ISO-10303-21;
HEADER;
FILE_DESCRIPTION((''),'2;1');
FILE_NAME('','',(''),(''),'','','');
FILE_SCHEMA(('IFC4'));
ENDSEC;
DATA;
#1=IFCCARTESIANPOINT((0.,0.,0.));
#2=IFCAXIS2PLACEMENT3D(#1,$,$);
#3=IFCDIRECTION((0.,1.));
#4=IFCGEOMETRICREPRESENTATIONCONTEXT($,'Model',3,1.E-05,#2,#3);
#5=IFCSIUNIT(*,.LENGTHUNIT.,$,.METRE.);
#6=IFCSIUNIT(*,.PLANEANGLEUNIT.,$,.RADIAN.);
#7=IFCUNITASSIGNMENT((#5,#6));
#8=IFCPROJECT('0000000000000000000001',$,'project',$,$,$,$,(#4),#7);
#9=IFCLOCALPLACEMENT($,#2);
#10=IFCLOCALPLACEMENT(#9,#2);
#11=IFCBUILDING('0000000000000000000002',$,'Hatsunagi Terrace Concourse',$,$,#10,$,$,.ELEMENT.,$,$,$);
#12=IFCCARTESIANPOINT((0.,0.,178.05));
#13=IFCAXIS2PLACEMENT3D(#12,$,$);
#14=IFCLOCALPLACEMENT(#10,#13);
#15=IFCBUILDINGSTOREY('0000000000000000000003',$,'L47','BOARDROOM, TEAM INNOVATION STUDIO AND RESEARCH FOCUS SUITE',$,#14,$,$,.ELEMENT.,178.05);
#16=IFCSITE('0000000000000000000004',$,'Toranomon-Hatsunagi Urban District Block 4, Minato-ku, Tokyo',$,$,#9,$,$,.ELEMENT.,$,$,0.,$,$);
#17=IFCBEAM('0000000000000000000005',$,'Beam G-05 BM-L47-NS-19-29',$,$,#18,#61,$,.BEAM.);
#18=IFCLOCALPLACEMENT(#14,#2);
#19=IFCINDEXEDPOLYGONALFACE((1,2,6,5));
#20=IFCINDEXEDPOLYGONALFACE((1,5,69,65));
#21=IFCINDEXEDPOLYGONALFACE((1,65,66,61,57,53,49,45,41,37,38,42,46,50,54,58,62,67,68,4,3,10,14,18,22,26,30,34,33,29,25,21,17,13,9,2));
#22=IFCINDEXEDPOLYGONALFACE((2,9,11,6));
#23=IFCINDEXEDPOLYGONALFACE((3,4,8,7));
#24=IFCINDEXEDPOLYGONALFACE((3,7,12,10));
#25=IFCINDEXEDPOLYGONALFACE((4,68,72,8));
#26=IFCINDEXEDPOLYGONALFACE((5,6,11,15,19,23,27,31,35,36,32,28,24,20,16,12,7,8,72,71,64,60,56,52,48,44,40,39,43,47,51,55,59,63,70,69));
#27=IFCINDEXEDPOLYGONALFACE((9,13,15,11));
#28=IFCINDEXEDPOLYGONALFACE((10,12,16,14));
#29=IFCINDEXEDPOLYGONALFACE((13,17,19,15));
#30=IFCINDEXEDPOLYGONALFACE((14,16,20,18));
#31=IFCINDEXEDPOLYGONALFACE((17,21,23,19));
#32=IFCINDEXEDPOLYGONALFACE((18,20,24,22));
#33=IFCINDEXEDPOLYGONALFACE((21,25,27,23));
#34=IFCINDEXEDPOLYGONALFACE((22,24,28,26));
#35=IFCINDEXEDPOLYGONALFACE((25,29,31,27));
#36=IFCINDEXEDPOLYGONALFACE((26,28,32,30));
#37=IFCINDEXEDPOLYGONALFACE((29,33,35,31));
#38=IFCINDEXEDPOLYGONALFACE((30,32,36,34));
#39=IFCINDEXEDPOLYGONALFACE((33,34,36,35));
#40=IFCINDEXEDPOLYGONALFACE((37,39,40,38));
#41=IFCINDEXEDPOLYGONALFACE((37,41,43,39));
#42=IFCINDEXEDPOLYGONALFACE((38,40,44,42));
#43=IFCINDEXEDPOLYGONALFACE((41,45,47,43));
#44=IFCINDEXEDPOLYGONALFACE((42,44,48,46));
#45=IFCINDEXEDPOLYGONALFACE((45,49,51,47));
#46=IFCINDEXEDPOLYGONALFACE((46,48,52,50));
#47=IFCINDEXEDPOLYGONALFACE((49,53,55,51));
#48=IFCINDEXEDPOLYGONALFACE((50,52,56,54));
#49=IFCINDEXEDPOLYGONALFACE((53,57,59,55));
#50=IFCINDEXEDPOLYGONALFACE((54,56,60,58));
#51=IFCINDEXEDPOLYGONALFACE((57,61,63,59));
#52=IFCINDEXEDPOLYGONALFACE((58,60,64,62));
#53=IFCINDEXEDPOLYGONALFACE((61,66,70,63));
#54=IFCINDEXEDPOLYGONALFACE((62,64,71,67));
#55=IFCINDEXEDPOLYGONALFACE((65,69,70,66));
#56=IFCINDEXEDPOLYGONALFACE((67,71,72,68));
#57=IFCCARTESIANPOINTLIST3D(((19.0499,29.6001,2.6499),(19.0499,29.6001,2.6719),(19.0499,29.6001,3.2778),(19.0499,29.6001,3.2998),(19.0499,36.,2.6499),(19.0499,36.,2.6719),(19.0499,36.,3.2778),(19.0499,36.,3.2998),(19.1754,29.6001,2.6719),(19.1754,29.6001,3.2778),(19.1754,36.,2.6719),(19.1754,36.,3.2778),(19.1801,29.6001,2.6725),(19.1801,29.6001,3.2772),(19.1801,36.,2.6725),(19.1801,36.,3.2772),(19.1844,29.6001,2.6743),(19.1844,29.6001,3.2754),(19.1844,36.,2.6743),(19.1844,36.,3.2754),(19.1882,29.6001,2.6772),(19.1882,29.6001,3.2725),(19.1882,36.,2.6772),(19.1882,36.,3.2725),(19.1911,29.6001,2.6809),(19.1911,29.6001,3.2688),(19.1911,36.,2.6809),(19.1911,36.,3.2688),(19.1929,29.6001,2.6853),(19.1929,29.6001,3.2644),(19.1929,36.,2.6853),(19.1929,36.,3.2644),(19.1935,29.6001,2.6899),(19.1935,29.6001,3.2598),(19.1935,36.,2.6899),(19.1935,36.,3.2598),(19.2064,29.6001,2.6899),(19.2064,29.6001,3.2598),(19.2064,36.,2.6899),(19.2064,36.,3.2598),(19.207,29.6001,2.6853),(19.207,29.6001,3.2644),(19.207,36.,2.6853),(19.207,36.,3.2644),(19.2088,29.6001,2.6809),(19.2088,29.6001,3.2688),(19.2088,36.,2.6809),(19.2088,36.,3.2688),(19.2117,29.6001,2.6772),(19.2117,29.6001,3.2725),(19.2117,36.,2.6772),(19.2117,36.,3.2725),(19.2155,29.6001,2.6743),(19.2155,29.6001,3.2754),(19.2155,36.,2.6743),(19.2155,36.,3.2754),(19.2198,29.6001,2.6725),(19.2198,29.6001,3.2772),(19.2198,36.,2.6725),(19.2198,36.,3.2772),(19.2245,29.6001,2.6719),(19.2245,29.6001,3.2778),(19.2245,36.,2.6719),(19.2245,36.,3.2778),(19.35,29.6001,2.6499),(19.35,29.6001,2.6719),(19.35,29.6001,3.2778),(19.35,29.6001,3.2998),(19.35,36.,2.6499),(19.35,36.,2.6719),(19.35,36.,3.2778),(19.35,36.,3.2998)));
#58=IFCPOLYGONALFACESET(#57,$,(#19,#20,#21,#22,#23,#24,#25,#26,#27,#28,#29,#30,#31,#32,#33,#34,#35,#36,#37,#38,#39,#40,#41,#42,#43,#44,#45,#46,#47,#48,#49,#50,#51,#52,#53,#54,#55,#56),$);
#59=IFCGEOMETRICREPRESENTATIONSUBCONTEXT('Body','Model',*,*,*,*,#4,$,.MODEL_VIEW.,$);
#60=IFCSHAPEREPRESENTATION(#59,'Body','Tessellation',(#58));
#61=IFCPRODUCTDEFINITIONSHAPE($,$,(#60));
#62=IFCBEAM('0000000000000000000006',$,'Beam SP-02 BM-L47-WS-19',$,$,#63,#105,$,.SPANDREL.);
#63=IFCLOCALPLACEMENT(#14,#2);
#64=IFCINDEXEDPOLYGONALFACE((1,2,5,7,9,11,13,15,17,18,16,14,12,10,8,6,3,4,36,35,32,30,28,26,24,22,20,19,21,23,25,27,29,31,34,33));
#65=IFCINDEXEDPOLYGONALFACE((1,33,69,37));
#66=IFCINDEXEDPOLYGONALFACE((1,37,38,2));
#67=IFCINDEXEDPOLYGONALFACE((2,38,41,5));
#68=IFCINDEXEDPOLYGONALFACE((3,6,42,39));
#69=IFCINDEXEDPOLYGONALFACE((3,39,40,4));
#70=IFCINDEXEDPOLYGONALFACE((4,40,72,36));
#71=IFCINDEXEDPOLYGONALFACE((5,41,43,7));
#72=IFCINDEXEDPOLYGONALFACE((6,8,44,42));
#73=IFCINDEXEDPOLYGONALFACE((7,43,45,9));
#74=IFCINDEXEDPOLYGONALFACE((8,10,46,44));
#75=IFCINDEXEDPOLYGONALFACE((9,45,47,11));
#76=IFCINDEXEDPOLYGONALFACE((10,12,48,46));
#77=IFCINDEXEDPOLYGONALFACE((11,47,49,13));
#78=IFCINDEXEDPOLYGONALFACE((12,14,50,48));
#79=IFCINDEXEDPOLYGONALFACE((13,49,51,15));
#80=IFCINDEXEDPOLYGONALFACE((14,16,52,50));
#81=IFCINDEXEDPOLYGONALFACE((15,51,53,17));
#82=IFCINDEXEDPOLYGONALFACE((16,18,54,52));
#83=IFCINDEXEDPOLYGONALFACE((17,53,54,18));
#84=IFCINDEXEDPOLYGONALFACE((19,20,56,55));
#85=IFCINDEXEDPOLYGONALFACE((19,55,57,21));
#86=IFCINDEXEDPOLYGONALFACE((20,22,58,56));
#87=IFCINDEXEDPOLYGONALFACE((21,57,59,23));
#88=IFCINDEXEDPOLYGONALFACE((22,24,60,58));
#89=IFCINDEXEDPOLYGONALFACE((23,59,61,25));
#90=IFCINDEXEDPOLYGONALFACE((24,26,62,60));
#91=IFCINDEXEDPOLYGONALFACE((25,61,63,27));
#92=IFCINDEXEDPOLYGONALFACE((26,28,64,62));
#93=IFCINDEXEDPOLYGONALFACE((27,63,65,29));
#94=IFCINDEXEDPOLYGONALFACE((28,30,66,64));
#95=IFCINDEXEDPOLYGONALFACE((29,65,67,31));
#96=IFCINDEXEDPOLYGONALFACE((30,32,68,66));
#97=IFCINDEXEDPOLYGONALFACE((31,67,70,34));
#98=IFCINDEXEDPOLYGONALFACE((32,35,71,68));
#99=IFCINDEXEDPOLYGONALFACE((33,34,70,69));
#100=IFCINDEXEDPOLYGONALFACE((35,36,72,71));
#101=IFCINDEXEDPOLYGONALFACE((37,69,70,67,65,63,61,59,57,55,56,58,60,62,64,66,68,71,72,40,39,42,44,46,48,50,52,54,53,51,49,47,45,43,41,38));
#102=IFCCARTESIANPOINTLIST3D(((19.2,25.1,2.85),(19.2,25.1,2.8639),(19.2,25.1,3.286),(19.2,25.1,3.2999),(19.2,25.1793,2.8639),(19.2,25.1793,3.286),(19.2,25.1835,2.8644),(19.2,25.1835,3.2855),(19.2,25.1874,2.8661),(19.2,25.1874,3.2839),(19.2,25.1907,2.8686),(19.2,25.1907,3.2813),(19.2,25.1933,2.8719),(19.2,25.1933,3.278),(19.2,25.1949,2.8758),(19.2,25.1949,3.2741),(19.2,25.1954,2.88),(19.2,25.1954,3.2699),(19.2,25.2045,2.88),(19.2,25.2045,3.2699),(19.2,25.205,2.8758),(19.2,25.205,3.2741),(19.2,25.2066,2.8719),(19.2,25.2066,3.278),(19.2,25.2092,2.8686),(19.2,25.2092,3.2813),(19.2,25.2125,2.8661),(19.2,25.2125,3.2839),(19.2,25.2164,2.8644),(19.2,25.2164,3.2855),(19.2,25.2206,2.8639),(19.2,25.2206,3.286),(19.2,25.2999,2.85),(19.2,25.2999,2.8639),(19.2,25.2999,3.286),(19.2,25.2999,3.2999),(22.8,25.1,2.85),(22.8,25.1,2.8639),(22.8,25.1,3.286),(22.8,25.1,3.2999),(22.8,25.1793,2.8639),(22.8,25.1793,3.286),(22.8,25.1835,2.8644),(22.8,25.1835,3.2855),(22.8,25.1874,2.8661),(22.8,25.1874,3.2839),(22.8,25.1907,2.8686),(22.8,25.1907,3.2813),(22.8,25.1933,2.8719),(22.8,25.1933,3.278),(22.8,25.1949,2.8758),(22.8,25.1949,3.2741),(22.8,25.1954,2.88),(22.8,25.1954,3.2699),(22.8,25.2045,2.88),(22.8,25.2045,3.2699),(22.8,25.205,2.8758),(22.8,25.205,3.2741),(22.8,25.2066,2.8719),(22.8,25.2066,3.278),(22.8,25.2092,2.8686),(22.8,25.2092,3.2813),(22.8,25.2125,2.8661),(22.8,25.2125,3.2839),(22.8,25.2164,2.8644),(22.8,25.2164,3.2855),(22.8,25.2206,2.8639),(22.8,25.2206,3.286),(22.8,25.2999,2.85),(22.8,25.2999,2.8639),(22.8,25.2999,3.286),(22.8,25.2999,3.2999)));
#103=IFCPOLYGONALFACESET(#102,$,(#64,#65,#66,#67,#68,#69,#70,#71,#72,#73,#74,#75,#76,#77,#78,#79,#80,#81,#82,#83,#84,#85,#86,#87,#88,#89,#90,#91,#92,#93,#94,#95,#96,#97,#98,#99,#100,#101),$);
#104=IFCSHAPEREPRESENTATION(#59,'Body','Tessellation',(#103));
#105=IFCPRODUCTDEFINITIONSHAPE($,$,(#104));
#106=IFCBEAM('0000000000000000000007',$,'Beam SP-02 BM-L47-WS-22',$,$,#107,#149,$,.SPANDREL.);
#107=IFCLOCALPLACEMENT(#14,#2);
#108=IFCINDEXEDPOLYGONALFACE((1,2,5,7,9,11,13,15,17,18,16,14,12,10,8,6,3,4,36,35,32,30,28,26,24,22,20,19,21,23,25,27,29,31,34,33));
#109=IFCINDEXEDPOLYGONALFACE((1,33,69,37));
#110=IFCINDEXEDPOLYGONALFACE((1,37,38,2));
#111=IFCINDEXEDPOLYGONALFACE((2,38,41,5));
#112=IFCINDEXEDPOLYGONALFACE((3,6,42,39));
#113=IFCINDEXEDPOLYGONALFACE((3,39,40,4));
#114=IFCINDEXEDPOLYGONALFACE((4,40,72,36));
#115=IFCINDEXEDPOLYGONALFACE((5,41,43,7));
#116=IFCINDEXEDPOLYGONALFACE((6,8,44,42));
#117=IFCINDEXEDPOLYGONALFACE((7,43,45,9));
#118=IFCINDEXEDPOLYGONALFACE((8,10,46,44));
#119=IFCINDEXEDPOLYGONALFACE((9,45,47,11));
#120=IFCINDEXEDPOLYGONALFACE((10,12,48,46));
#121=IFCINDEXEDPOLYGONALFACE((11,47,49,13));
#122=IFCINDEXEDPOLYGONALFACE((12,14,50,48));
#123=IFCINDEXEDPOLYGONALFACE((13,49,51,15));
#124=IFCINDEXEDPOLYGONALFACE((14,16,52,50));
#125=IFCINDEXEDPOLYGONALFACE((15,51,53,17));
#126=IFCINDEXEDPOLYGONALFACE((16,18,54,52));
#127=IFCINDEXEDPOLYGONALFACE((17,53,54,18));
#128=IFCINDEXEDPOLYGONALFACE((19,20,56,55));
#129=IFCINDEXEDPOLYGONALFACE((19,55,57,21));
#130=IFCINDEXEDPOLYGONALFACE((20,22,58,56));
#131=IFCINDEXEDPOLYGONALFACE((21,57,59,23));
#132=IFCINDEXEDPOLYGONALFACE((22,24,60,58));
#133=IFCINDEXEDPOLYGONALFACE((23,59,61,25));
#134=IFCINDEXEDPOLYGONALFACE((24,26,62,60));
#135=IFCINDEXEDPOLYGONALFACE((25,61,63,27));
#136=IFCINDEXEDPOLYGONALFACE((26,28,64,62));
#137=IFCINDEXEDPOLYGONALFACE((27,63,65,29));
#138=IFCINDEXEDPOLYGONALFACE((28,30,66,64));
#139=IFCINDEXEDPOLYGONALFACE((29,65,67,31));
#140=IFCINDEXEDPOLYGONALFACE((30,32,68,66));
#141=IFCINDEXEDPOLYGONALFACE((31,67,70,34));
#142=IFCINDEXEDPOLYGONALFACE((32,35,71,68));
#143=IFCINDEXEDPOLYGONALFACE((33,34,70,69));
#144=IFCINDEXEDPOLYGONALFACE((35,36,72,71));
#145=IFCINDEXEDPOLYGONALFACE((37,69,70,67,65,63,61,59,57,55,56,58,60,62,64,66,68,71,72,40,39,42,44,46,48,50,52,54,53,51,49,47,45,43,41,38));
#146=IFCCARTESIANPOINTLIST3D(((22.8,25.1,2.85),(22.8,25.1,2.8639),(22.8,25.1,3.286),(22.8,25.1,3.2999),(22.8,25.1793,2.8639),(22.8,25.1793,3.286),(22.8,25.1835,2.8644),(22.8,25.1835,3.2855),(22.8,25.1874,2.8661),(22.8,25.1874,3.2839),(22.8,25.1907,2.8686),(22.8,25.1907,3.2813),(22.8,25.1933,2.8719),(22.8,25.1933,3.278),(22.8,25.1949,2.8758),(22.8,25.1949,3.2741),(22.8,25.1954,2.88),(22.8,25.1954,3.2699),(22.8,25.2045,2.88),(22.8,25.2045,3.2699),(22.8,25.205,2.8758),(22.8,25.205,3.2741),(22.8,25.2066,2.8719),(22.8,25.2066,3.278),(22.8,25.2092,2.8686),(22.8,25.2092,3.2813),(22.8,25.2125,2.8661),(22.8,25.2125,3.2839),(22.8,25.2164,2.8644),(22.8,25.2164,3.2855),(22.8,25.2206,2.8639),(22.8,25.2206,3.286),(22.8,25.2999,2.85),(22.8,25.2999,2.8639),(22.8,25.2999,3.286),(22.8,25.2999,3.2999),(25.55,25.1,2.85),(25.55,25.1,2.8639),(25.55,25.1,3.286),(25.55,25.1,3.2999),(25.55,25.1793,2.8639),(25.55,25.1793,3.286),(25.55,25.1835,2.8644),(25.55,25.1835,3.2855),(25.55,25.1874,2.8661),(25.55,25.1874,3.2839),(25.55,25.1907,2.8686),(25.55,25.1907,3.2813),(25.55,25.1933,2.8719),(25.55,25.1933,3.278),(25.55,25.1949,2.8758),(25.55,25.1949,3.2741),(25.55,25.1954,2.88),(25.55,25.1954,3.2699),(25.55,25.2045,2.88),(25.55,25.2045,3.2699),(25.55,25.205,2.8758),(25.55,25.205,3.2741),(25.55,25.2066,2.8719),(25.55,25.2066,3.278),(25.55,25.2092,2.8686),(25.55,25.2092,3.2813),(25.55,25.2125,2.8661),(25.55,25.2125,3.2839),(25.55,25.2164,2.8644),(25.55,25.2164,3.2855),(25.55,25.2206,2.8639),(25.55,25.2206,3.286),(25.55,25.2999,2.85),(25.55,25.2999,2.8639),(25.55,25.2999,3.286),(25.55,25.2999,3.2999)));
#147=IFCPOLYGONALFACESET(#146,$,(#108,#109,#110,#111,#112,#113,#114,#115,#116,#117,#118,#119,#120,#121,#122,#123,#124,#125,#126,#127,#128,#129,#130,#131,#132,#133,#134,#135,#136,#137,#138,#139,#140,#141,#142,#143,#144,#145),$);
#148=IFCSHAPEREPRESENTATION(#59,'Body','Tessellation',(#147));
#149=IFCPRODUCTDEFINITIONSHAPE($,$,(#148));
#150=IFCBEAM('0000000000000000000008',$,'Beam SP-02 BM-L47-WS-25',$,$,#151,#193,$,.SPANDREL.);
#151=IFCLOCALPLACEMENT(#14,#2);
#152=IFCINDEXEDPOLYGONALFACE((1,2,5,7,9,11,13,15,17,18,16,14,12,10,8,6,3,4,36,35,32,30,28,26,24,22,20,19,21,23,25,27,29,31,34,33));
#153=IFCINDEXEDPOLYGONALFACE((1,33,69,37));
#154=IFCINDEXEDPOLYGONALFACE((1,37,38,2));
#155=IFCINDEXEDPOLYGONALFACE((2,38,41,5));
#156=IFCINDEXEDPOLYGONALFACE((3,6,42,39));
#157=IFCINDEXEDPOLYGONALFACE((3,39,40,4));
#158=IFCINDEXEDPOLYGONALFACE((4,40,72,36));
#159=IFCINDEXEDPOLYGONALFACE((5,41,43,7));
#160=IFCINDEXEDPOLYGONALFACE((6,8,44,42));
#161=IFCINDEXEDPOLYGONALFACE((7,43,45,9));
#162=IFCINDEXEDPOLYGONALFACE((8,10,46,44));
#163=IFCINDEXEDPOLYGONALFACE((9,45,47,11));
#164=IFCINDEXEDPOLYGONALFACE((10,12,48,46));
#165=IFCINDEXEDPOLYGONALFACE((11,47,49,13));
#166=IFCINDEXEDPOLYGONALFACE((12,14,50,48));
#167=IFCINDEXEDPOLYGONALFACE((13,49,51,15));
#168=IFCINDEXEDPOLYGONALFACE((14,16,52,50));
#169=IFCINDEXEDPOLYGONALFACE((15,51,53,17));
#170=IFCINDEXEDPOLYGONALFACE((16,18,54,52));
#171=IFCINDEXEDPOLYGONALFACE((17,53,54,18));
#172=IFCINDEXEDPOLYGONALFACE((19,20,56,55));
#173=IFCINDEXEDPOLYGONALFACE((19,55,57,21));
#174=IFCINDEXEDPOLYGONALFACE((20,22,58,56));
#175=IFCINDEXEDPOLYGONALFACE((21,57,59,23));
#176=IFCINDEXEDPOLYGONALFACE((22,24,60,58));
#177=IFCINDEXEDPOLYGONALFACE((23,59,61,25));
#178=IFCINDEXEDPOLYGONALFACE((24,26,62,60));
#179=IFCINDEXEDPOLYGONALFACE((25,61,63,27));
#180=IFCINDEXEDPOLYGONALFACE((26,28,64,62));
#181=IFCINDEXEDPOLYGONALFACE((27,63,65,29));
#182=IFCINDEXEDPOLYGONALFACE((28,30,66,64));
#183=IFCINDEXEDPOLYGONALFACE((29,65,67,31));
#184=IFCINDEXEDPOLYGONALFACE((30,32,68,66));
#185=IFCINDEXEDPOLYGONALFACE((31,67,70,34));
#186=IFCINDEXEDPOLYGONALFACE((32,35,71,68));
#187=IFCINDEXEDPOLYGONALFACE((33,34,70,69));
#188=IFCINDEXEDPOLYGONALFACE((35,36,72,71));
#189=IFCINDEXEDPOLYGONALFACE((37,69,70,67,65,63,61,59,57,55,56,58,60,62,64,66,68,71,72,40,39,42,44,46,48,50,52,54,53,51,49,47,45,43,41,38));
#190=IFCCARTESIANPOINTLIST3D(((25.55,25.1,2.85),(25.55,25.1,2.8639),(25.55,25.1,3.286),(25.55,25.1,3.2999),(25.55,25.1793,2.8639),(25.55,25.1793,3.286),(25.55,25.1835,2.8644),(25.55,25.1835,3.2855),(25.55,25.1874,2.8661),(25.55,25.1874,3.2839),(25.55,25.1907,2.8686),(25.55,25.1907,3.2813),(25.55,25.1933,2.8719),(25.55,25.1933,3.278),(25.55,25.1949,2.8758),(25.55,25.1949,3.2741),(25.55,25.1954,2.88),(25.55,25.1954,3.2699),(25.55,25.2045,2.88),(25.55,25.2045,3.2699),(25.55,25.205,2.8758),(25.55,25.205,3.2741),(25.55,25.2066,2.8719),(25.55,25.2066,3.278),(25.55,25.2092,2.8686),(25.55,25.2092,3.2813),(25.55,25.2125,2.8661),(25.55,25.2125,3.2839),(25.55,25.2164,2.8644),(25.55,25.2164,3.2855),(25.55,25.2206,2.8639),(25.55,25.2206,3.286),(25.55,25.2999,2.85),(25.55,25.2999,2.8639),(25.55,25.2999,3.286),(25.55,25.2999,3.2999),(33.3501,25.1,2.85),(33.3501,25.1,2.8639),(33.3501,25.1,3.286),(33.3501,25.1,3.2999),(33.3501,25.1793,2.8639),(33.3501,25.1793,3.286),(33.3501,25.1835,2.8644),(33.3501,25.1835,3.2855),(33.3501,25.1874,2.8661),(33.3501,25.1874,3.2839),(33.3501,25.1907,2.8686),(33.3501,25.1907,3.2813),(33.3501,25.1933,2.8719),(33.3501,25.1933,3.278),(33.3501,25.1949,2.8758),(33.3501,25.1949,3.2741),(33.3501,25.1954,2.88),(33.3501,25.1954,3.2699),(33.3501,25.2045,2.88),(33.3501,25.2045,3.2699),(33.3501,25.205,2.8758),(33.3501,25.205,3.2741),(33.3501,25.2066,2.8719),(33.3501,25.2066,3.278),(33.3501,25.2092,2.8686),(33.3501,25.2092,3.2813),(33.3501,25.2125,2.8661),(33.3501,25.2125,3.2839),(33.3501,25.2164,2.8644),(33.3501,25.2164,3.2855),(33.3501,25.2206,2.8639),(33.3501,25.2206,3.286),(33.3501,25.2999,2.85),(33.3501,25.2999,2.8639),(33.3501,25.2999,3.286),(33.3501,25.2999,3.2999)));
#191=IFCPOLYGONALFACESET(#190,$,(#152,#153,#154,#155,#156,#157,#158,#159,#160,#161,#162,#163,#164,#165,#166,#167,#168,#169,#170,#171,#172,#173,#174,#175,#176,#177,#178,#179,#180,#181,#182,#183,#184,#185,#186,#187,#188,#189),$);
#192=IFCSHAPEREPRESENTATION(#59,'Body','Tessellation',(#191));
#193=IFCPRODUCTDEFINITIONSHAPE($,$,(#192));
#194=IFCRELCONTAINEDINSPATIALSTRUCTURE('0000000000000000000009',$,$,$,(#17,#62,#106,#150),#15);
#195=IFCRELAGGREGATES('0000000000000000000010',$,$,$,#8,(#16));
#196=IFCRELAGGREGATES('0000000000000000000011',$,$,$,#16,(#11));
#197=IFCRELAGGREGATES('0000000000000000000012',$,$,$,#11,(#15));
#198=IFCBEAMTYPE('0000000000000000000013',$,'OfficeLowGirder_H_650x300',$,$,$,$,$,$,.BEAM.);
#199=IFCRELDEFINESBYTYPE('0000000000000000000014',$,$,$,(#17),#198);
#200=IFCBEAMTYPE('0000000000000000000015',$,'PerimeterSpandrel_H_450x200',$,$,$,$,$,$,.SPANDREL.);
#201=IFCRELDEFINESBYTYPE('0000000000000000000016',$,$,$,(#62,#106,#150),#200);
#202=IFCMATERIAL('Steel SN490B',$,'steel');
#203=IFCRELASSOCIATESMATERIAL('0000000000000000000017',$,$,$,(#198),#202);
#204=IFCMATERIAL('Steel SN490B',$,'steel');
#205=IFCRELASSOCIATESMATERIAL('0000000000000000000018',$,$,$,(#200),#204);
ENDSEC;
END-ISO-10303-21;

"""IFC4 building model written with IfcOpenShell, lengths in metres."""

from ifc_helpers import new_model, si_unit, direction, frame, origin, origin_2d, place, context, subcontext, project, spatial, i_section, extrude, material, material_profile, profile_set, type_object, element, save


model = new_model("IFC4")

# Units and contexts
model_context = context("Model", 3, precision=1e-05, world=origin(), true_north=direction((0.0, 1.0)))
body_context = subcontext(model_context, "Body", "Model", "MODEL_VIEW")
ifc_project = project(units=[si_unit("LENGTHUNIT", "METRE"), si_unit("PLANEANGLEUNIT", "RADIAN")], contexts=[model_context])

# Site, building, storey
site_placement = place(None, origin())
site = spatial("IfcSite", under=ifc_project, at=site_placement, Name="Toranomon-Hatsunagi Urban District Block 4, Minato-ku, Tokyo", CompositionType="ELEMENT", RefElevation=0.0)
building_placement = place(site_placement, origin())
building = spatial("IfcBuilding", under=site, at=building_placement, Name="Hatsunagi Terrace Concourse", CompositionType="ELEMENT")
storey_placement = place(building_placement, frame((0.0, 0.0, 178.05)))
storey = spatial("IfcBuildingStorey", under=building, at=storey_placement, Name="L47", Description="BOARDROOM, TEAM INNOVATION STUDIO AND RESEARCH FOCUS SUITE", CompositionType="ELEMENT", Elevation=178.05)

# Beams
ifc_material_1 = material(Name="Steel SN490B", Category="steel")
ifc_material_profile_1 = material_profile(ifc_material_1, i_section(OverallWidth=0.3, OverallDepth=0.6499, WebThickness=0.0129, FlangeThickness=0.022, FilletRadius=0.0181, at=origin_2d()), Name="H-650x300x13x22")
ifc_profile_set_1 = profile_set([ifc_material_profile_1], Name="Steel SN490B")
beam_type_1 = type_object("IfcBeamType", Name="OfficeLowGirder_H_650x300", PredefinedType="BEAM", material=ifc_profile_set_1)
beam_1_placement = place(storey_placement, frame((19.2, 29.6001, 2.9749), z_axis=(0.0, 1.0, 0.0), x_axis=(-1.0, 0.0, 0.0)))
element("IfcBeam", 1, at=beam_1_placement, inside=storey, type_object=beam_type_1, Name="Beam G-05 BM-L47-NS-19-29", PredefinedType="BEAM", context=body_context, shape_type="SweptSolid", body=[
    extrude(i_section(OverallWidth=0.3, OverallDepth=0.6499, WebThickness=0.0129, FlangeThickness=0.022, FilletRadius=0.0181, at=origin_2d()), origin(), (0.0, 0.0, 1.0), 6.3999),
])
ifc_material_2 = material(Name="Steel SN490B", Category="steel")
ifc_material_profile_2 = material_profile(ifc_material_2, i_section(OverallWidth=0.2, OverallDepth=0.45, WebThickness=0.009, FlangeThickness=0.0139, FilletRadius=0.0161, at=origin_2d()), Name="H-450x200x9x14")
ifc_profile_set_2 = profile_set([ifc_material_profile_2], Name="Steel SN490B")
beam_type_2 = type_object("IfcBeamType", Name="PerimeterSpandrel_H_450x200", PredefinedType="SPANDREL", material=ifc_profile_set_2)
beam_2_placement = place(storey_placement, frame((19.2, 25.2, 3.075), z_axis=(1.0, 0.0, 0.0), x_axis=(0.0, 1.0, 0.0)))
element("IfcBeam", 2, at=beam_2_placement, inside=storey, type_object=beam_type_2, Name="Beam SP-02 BM-L47-WS-19", PredefinedType="SPANDREL", context=body_context, shape_type="SweptSolid", body=[
    extrude(i_section(OverallWidth=0.2, OverallDepth=0.45, WebThickness=0.009, FlangeThickness=0.0139, FilletRadius=0.0161, at=origin_2d()), origin(), (0.0, 0.0, 1.0), 3.6001),
])
beam_3_placement = place(storey_placement, frame((22.8, 25.2, 3.075), z_axis=(1.0, 0.0, 0.0), x_axis=(0.0, 1.0, 0.0)))
element("IfcBeam", 3, at=beam_3_placement, inside=storey, type_object=beam_type_2, Name="Beam SP-02 BM-L47-WS-22", PredefinedType="SPANDREL", context=body_context, shape_type="SweptSolid", body=[
    extrude(i_section(OverallWidth=0.2, OverallDepth=0.45, WebThickness=0.009, FlangeThickness=0.0139, FilletRadius=0.0161, at=origin_2d()), origin(), (0.0, 0.0, 1.0), 2.75),
])
beam_4_placement = place(storey_placement, frame((25.55, 25.2, 3.075), z_axis=(1.0, 0.0, 0.0), x_axis=(0.0, 1.0, 0.0)))
element("IfcBeam", 4, at=beam_4_placement, inside=storey, type_object=beam_type_2, Name="Beam SP-02 BM-L47-WS-25", PredefinedType="SPANDREL", context=body_context, shape_type="SweptSolid", body=[
    extrude(i_section(OverallWidth=0.2, OverallDepth=0.45, WebThickness=0.009, FlangeThickness=0.0139, FilletRadius=0.0161, at=origin_2d()), origin(), (0.0, 0.0, 1.0), 7.8),
])

save(model, "model.ifc")
